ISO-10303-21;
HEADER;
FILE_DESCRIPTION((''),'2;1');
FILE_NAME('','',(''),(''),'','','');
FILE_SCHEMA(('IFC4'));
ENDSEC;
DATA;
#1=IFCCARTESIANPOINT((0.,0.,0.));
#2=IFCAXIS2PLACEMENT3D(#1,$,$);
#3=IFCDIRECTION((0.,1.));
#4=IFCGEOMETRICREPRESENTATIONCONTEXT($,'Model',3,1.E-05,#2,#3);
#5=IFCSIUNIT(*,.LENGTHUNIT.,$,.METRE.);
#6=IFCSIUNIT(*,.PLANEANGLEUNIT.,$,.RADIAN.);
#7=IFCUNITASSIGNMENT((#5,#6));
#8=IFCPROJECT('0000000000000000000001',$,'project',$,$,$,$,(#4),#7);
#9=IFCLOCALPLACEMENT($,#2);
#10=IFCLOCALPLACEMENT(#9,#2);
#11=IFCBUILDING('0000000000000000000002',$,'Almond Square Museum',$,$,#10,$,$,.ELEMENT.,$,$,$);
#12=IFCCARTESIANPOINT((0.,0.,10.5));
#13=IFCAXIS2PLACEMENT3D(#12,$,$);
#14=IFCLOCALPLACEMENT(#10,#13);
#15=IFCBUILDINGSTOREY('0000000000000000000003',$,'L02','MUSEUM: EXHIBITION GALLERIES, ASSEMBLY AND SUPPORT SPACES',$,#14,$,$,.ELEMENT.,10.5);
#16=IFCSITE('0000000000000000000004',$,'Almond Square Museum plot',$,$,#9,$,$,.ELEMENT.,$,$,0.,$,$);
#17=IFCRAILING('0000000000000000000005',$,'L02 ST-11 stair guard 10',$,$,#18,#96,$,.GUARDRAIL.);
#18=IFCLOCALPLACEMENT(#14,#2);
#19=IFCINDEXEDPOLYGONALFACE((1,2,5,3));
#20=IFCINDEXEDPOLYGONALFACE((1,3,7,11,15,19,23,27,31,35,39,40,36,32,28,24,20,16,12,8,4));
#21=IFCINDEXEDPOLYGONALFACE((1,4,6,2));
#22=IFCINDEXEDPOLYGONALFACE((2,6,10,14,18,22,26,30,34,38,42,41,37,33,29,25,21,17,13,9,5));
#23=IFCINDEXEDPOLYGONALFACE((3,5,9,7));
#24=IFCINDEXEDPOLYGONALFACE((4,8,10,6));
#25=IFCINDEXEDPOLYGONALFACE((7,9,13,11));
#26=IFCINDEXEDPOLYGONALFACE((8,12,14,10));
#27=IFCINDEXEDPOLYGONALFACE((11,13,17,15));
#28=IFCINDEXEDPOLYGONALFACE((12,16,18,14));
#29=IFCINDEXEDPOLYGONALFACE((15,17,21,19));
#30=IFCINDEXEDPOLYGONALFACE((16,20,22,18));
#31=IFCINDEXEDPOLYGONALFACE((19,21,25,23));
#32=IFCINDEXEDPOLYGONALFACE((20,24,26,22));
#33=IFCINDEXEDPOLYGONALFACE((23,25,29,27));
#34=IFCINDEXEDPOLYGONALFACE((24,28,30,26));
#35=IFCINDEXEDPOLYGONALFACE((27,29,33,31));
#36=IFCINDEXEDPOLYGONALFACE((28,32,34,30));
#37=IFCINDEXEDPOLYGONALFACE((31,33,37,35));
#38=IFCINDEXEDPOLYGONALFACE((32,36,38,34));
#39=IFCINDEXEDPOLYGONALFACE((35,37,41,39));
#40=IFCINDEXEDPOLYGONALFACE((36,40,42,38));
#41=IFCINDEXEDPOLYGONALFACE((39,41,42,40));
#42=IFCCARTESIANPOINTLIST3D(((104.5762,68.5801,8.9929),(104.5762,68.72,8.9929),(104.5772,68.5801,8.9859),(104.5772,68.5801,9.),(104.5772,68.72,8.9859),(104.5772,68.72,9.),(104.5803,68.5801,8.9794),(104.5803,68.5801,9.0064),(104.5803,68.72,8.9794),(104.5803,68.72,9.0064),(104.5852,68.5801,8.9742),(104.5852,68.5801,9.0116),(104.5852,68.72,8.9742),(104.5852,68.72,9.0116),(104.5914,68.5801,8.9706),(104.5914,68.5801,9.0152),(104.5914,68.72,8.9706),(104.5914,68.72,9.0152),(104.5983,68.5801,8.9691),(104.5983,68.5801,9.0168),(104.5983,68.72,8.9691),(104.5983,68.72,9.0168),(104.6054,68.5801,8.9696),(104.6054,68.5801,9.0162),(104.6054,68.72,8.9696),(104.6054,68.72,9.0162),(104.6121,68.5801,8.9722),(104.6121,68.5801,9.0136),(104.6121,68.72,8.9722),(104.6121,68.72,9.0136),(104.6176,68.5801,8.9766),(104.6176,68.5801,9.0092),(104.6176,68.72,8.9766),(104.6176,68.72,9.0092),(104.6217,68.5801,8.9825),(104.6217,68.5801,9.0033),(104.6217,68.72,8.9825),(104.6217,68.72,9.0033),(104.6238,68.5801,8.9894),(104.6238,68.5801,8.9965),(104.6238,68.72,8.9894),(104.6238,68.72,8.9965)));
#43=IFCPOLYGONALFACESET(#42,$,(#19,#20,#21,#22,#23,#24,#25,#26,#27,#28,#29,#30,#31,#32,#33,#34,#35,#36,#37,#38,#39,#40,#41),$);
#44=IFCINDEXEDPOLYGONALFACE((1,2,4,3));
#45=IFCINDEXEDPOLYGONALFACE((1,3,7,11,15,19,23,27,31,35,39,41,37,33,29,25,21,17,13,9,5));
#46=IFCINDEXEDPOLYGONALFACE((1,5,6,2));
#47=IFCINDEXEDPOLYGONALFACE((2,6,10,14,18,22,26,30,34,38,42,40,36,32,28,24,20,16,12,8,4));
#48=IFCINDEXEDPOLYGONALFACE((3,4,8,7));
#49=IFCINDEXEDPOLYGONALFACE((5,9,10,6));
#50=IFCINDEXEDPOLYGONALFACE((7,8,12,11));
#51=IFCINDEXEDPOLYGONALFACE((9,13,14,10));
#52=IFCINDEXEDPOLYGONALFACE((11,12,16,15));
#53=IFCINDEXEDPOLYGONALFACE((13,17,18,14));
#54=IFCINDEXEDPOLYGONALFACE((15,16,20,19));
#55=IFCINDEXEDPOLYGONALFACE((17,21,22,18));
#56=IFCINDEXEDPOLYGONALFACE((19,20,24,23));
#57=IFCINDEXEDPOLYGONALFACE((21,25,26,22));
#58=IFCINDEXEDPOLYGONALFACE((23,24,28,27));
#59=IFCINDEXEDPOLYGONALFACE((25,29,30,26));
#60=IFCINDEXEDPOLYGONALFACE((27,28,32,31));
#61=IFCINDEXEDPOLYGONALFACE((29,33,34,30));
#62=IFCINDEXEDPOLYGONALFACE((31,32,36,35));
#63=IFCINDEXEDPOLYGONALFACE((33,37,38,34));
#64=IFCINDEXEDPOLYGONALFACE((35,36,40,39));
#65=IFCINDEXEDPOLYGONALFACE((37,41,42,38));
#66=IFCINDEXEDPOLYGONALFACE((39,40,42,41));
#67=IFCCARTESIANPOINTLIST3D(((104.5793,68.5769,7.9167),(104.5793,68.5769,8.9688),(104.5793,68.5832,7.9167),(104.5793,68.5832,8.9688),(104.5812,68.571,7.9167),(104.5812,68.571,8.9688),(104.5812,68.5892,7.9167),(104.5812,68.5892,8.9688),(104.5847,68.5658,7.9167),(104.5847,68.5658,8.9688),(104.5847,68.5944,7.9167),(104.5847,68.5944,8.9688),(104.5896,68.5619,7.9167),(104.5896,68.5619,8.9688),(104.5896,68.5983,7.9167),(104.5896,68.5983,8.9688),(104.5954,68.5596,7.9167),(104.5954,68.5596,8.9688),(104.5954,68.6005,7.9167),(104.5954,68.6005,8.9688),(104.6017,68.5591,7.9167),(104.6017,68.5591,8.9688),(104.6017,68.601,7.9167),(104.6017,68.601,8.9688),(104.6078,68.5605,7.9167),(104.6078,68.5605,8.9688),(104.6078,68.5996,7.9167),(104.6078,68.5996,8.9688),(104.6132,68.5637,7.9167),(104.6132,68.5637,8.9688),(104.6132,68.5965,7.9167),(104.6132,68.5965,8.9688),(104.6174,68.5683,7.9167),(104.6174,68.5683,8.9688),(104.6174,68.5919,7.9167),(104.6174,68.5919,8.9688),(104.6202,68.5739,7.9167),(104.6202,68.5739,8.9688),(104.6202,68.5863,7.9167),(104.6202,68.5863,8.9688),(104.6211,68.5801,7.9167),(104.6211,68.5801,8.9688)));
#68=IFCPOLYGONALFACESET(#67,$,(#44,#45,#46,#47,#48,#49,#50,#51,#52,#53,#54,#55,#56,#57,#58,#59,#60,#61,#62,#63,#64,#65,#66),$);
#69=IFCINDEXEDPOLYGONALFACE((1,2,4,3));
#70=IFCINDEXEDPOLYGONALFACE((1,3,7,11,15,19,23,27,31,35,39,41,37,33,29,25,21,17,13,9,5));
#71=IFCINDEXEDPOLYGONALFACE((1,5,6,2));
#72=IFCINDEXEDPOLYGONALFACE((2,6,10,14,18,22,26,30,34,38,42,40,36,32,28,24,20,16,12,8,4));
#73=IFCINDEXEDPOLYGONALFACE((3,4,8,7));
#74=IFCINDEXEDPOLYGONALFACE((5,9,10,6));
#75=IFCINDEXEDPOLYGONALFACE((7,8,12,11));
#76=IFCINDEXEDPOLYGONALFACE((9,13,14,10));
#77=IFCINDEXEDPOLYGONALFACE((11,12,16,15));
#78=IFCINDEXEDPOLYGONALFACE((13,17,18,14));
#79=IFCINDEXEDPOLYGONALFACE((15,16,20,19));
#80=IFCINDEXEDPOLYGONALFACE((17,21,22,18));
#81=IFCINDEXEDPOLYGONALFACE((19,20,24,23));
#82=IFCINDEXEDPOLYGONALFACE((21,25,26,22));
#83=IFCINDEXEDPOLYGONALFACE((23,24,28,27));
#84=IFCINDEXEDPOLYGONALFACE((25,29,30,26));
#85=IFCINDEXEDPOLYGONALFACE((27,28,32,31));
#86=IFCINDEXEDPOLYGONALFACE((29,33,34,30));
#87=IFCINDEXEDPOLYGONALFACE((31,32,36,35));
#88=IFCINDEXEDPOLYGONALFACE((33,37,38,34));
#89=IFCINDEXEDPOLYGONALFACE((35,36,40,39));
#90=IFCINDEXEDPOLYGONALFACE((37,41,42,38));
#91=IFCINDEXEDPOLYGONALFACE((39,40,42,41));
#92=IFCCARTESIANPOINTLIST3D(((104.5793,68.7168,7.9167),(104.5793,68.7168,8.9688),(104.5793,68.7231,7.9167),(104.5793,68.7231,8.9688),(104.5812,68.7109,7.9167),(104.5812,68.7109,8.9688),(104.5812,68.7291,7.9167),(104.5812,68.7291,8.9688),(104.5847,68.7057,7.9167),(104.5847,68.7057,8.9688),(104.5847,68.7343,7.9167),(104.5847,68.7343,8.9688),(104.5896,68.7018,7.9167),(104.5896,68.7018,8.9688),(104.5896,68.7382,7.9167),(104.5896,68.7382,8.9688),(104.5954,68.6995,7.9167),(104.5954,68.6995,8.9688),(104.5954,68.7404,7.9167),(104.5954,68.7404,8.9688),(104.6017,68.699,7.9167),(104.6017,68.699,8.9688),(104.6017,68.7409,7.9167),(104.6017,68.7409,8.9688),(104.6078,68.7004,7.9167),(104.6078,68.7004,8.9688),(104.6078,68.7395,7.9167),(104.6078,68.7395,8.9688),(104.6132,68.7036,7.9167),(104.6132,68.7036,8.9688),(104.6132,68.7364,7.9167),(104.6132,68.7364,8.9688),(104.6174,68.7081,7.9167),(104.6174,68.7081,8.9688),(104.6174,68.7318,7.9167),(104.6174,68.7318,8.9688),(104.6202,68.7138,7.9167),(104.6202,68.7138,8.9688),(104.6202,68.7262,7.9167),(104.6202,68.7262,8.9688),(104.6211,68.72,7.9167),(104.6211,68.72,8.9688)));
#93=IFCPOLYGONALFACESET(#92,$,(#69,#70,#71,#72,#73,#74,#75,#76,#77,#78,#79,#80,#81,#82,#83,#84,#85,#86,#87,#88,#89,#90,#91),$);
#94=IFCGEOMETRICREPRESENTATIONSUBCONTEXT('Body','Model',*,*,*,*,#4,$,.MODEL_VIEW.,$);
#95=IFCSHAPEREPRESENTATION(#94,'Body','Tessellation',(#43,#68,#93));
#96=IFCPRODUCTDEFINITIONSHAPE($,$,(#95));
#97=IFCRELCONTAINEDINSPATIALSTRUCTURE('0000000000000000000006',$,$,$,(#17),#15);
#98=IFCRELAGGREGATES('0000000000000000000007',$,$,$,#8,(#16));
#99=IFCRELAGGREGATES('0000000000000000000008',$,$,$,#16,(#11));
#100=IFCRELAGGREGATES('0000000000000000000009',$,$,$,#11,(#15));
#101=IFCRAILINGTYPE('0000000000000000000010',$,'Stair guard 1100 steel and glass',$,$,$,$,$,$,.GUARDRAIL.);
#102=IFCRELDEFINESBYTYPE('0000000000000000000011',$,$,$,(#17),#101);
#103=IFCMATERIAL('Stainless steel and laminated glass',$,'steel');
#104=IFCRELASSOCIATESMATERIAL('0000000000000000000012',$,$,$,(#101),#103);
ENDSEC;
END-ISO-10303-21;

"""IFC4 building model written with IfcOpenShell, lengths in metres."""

from ifc_helpers import new_model, si_unit, direction, frame, origin, origin_2d, place, context, subcontext, project, spatial, circle, extrude, material, type_object, element, save


model = new_model("IFC4")

# Units and contexts
model_context = context("Model", 3, precision=1e-05, world=origin(), true_north=direction((0.0, 1.0)))
body_context = subcontext(model_context, "Body", "Model", "MODEL_VIEW")
ifc_project = project(units=[si_unit("LENGTHUNIT", "METRE"), si_unit("PLANEANGLEUNIT", "RADIAN")], contexts=[model_context])

# Site, building, storey
site_placement = place(None, origin())
site = spatial("IfcSite", under=ifc_project, at=site_placement, Name="Almond Square Museum plot", CompositionType="ELEMENT", RefElevation=0.0)
building_placement = place(site_placement, origin())
building = spatial("IfcBuilding", under=site, at=building_placement, Name="Almond Square Museum", CompositionType="ELEMENT")
storey_placement = place(building_placement, frame((0.0, 0.0, 10.5)))
storey = spatial("IfcBuildingStorey", under=building, at=storey_placement, Name="L02", Description="MUSEUM: EXHIBITION GALLERIES, ASSEMBLY AND SUPPORT SPACES", CompositionType="ELEMENT", Elevation=10.5)

# Railing
ifc_material_1 = material(Name="Stainless steel and laminated glass", Category="steel")
railing_type_1 = type_object("IfcRailingType", Name="Stair guard 1100 steel and glass", PredefinedType="GUARDRAIL", material=ifc_material_1)
railing_1_placement = place(storey_placement, frame((104.6001, 68.5801, 7.9167)))
element("IfcRailing", 1, at=railing_1_placement, inside=storey, type_object=railing_type_1, Name="L02 ST-11 stair guard 10", PredefinedType="GUARDRAIL", context=body_context, shape_type="SweptSolid", body=[
    extrude(circle(Radius=0.0239, at=origin_2d()), frame((0.0, 0.0, 1.0762), z_axis=(0.0, 1.0, 0.0), x_axis=(-1.0, 0.0, 0.0)), (0.0, 0.0, 1.0), 0.1399),
    extrude(circle(Radius=0.021, at=origin_2d()), origin(), (0.0, 0.0, 1.0), 1.052),
    extrude(circle(Radius=0.021, at=origin_2d()), frame((0.0, 0.1399, 0.0)), (0.0, 0.0, 1.0), 1.052),
])

save(model, "model.ifc")
